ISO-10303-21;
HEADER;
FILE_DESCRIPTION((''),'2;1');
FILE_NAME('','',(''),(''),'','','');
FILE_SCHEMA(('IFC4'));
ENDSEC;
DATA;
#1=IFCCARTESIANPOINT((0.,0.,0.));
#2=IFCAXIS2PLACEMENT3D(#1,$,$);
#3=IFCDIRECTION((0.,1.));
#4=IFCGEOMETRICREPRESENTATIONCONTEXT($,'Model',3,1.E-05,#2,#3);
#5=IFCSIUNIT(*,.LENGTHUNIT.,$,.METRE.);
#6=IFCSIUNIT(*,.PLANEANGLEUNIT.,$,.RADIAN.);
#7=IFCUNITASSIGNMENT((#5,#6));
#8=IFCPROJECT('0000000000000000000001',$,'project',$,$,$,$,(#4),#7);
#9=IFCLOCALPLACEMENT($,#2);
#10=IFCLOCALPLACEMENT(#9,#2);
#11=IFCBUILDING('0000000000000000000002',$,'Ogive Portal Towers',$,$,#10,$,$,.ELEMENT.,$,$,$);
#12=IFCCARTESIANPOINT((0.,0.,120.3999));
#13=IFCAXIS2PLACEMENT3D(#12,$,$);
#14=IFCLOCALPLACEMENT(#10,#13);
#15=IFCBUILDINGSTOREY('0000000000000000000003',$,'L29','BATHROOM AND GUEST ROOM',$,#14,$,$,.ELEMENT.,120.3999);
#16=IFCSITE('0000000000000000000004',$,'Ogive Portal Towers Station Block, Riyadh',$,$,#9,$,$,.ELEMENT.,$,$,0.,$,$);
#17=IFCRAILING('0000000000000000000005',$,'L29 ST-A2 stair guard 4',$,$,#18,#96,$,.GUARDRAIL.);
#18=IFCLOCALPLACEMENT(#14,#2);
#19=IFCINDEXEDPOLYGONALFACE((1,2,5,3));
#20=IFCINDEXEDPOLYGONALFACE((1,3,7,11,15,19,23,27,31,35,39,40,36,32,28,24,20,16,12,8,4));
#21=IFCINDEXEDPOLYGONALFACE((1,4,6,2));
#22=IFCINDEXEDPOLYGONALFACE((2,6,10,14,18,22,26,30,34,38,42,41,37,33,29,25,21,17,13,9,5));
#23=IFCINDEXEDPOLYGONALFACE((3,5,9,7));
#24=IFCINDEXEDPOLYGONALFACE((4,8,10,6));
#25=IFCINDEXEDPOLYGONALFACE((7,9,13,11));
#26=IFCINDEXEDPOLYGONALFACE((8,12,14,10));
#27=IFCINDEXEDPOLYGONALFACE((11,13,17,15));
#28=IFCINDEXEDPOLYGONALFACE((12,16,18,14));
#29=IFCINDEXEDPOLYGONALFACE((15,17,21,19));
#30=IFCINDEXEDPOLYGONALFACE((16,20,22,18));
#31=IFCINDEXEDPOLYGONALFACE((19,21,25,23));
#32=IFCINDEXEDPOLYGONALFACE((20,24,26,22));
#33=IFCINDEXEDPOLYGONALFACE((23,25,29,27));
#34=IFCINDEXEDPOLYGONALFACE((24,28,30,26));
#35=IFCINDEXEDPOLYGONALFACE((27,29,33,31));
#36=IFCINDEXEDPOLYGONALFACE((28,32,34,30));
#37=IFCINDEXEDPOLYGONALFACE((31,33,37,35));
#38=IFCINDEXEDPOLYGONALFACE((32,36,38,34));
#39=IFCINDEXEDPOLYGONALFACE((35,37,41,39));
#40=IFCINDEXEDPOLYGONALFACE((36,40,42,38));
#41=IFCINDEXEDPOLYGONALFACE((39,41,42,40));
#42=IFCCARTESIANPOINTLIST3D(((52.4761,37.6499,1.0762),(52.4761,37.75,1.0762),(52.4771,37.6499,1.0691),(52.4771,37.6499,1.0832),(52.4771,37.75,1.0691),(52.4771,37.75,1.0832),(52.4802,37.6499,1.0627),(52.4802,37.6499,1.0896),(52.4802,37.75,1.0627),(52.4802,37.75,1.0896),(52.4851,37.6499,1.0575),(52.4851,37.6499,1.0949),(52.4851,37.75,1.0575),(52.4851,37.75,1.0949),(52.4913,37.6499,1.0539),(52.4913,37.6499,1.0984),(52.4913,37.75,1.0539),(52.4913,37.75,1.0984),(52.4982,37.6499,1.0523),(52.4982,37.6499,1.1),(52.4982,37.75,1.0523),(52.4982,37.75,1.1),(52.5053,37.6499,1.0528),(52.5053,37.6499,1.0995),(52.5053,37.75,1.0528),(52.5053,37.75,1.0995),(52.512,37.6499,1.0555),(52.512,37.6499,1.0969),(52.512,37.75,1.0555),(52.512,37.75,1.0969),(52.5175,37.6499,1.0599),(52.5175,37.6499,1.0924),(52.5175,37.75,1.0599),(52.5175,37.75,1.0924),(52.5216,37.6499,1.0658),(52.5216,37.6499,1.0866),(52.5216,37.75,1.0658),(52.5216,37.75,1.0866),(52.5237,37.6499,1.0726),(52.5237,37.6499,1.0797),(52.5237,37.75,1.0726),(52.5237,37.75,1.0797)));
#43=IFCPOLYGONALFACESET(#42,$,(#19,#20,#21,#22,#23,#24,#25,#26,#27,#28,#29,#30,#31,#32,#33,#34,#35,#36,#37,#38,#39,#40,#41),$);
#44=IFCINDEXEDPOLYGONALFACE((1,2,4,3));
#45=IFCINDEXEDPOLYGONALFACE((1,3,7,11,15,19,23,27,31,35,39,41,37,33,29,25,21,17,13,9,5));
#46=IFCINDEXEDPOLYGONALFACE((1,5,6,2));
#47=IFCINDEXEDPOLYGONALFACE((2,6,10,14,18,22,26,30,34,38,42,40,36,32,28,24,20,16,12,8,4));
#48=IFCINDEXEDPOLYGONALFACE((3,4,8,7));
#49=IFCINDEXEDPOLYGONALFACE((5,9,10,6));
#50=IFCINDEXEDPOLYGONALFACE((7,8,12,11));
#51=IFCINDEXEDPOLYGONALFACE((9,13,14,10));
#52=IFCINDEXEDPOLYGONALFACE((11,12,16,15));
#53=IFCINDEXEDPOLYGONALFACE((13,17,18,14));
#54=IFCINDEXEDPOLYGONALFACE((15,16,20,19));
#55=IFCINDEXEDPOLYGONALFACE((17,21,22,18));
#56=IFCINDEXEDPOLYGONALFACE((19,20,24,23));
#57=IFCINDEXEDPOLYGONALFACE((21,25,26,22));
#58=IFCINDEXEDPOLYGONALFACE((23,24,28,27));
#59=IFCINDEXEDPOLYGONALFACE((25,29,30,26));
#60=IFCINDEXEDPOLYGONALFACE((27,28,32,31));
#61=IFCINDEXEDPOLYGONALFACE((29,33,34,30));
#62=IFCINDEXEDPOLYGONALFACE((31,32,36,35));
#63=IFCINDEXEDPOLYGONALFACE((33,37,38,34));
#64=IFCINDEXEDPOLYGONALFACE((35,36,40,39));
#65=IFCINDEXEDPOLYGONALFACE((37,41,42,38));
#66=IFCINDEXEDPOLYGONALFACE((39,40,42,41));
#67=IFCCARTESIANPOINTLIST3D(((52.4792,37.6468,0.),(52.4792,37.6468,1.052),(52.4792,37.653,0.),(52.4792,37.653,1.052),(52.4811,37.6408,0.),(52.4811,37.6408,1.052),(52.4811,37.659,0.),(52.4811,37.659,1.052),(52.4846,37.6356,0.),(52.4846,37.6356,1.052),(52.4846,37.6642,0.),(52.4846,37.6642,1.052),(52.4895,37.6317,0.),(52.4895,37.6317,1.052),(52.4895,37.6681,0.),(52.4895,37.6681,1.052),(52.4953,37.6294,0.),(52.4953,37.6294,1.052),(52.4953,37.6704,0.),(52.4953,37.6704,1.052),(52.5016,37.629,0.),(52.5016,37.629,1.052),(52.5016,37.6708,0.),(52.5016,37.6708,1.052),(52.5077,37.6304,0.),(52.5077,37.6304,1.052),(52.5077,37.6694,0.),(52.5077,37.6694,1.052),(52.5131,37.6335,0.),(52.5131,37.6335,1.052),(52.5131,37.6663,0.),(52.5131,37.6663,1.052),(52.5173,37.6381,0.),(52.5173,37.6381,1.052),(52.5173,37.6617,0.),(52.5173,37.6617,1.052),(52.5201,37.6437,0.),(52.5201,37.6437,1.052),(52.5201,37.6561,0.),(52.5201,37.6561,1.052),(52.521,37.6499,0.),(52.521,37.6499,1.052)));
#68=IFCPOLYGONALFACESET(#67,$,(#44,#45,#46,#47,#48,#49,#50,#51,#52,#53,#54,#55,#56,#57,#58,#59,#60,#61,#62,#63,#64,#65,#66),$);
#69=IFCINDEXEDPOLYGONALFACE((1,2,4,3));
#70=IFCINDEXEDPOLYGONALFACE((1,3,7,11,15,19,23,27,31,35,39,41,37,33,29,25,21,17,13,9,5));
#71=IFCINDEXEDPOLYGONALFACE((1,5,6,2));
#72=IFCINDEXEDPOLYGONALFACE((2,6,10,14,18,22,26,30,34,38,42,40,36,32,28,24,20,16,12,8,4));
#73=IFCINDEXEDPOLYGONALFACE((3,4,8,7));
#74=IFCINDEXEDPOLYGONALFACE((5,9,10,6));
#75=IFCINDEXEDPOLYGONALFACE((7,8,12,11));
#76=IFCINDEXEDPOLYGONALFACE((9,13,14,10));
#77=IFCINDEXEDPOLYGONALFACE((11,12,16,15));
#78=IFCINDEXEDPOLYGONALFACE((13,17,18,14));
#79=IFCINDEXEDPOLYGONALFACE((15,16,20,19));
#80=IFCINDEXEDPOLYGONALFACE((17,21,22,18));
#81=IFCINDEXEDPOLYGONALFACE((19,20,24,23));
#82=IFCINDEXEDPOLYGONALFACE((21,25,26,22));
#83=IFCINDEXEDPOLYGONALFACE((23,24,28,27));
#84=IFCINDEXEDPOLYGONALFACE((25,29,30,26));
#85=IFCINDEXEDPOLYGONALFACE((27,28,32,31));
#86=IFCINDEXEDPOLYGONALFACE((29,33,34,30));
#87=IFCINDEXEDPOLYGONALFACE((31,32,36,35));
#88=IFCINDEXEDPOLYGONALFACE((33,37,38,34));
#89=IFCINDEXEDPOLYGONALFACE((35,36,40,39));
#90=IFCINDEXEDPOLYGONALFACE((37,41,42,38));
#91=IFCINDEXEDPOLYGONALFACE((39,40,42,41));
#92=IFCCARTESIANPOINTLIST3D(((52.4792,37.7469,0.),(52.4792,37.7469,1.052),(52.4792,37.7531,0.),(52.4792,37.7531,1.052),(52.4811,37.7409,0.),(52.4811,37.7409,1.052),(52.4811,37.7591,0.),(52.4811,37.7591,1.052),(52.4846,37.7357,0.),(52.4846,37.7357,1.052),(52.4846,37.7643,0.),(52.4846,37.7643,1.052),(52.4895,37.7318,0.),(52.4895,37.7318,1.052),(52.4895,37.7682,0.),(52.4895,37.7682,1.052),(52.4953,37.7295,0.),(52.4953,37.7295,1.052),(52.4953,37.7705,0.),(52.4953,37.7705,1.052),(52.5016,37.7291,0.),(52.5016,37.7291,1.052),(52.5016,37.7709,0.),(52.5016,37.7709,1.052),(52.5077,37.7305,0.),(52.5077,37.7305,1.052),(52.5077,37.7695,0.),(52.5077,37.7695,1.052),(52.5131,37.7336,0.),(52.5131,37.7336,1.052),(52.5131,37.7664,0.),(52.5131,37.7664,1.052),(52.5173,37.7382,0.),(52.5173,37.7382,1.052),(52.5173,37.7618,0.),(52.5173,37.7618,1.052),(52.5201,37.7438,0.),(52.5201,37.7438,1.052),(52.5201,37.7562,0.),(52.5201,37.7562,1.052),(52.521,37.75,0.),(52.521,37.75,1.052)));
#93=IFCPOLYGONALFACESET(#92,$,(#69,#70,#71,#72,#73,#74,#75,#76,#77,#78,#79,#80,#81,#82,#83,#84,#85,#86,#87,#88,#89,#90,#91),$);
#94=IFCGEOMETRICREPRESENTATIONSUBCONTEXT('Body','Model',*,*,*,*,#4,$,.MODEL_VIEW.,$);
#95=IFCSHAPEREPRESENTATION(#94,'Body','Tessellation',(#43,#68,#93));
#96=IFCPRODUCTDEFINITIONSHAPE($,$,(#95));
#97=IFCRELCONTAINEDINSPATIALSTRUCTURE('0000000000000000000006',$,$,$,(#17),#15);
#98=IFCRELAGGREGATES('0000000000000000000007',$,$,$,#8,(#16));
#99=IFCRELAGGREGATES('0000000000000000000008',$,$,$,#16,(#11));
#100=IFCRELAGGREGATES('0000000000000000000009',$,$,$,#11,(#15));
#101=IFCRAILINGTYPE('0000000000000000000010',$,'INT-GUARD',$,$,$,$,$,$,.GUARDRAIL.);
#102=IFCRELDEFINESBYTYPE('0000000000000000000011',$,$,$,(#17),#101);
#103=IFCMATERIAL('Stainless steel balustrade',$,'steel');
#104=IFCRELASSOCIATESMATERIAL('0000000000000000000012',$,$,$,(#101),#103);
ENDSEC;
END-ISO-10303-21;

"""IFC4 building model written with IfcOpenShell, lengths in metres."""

from ifc_helpers import new_model, si_unit, direction, frame, origin, origin_2d, place, context, subcontext, project, spatial, circle, extrude, material, type_object, element, save


model = new_model("IFC4")

# Units and contexts
model_context = context("Model", 3, precision=1e-05, world=origin(), true_north=direction((0.0, 1.0)))
body_context = subcontext(model_context, "Body", "Model", "MODEL_VIEW")
ifc_project = project(units=[si_unit("LENGTHUNIT", "METRE"), si_unit("PLANEANGLEUNIT", "RADIAN")], contexts=[model_context])

# Site, building, storey
site_placement = place(None, origin())
site = spatial("IfcSite", under=ifc_project, at=site_placement, Name="Ogive Portal Towers Station Block, Riyadh", CompositionType="ELEMENT", RefElevation=0.0)
building_placement = place(site_placement, origin())
building = spatial("IfcBuilding", under=site, at=building_placement, Name="Ogive Portal Towers", CompositionType="ELEMENT")
storey_placement = place(building_placement, frame((0.0, 0.0, 120.3999)))
storey = spatial("IfcBuildingStorey", under=building, at=storey_placement, Name="L29", Description="BATHROOM AND GUEST ROOM", CompositionType="ELEMENT", Elevation=120.3999)

# Railing
ifc_material_1 = material(Name="Stainless steel balustrade", Category="steel")
railing_type_1 = type_object("IfcRailingType", Name="INT-GUARD", PredefinedType="GUARDRAIL", material=ifc_material_1)
railing_1_placement = place(storey_placement, frame((52.5, 37.6499, 0.0)))
element("IfcRailing", 1, at=railing_1_placement, inside=storey, type_object=railing_type_1, Name="L29 ST-A2 stair guard 4", PredefinedType="GUARDRAIL", context=body_context, shape_type="SweptSolid", body=[
    extrude(circle(Radius=0.0239, at=origin_2d()), frame((0.0, 0.0, 1.0762), z_axis=(0.0, 1.0, 0.0), x_axis=(-1.0, 0.0, 0.0)), (0.0, 0.0, 1.0), 0.1001),
    extrude(circle(Radius=0.021, at=origin_2d()), origin(), (0.0, 0.0, 1.0), 1.052),
    extrude(circle(Radius=0.021, at=origin_2d()), frame((0.0, 0.1001, 0.0)), (0.0, 0.0, 1.0), 1.052),
])

save(model, "model.ifc")
